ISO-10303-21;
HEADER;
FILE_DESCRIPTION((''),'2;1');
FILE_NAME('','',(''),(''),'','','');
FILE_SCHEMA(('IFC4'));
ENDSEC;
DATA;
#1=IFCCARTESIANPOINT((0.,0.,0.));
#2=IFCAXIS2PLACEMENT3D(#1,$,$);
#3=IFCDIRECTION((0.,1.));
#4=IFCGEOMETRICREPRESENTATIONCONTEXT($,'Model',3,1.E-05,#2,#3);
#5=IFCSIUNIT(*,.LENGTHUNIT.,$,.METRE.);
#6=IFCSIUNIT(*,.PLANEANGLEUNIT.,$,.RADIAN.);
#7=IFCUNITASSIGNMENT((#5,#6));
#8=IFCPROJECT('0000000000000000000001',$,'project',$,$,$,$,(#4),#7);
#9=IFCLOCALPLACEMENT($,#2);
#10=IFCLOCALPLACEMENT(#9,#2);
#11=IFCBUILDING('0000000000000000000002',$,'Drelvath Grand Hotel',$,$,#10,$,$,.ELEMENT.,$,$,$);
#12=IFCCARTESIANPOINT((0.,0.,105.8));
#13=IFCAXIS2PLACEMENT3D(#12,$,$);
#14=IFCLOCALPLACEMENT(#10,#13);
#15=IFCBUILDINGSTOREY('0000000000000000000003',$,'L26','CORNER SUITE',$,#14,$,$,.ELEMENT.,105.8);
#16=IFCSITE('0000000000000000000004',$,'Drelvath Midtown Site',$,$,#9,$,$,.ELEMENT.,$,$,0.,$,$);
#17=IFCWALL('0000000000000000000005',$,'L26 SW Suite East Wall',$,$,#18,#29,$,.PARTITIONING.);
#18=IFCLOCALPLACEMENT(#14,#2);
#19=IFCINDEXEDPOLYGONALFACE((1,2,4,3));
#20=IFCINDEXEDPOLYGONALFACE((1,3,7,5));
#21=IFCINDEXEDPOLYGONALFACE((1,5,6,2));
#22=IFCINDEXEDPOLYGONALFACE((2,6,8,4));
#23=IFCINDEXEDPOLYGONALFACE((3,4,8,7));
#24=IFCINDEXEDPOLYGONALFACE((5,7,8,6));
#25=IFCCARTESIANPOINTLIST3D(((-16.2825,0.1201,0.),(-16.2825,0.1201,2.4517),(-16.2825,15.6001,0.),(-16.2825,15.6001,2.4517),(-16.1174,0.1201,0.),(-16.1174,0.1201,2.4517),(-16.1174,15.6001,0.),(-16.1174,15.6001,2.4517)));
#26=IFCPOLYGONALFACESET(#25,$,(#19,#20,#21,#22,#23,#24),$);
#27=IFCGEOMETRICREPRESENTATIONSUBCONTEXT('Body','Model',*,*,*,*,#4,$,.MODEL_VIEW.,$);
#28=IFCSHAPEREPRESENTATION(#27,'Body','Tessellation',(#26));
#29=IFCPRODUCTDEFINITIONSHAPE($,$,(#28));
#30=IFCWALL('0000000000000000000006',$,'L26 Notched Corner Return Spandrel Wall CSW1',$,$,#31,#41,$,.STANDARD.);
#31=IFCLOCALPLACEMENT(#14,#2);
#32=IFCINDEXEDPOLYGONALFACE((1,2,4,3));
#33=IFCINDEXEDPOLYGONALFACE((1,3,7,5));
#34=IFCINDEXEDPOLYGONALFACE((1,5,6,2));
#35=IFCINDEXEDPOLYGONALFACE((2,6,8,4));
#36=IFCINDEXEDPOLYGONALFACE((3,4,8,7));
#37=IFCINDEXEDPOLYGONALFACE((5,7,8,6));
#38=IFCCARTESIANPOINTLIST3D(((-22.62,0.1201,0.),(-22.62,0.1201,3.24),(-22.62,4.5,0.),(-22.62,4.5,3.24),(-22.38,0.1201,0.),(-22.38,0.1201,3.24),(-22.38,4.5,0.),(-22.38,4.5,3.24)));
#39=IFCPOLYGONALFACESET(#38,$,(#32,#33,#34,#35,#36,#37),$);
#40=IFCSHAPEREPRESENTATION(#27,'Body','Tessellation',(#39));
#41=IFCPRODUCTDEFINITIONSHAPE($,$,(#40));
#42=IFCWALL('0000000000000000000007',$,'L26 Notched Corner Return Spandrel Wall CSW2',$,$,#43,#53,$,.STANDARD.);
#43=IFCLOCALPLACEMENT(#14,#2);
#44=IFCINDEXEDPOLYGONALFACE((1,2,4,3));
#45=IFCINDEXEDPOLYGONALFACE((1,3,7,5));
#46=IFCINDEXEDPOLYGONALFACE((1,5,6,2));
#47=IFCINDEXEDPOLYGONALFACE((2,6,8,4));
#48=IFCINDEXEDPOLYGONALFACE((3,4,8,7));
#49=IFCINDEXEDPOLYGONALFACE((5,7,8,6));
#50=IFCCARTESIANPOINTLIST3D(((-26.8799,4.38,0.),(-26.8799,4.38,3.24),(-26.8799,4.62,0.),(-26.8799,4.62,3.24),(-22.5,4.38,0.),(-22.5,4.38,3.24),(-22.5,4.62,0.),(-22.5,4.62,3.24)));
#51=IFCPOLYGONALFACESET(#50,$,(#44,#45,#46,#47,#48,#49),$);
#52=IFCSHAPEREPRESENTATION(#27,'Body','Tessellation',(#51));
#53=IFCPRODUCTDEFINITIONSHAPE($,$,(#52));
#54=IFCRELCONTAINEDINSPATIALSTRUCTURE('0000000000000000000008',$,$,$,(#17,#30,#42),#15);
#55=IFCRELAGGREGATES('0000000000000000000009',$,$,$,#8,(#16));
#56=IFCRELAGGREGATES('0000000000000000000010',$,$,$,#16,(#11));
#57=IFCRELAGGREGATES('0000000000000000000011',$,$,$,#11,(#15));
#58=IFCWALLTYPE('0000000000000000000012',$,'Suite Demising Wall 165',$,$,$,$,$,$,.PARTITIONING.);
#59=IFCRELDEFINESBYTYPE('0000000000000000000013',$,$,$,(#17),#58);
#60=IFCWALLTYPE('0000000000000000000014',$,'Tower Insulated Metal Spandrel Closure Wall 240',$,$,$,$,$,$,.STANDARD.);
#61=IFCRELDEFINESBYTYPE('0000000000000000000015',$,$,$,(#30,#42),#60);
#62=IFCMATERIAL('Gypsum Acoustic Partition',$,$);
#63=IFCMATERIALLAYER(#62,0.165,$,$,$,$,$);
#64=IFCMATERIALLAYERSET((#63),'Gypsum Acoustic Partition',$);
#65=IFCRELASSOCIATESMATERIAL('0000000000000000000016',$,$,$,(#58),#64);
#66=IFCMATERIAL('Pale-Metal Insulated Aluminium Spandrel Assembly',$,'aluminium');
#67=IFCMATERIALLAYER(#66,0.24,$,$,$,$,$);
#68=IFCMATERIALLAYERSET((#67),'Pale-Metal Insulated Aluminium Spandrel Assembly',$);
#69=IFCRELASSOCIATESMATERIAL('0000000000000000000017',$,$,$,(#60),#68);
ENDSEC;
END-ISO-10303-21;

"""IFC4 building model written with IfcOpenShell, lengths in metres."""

from ifc_helpers import new_model, si_unit, direction, frame, frame_2d, origin, place, context, subcontext, project, spatial, rectangle, extrude, material, layer, layer_set, type_object, element, save


model = new_model("IFC4")

# Units and contexts
model_context = context("Model", 3, precision=1e-05, world=origin(), true_north=direction((0.0, 1.0)))
body_context = subcontext(model_context, "Body", "Model", "MODEL_VIEW")
ifc_project = project(units=[si_unit("LENGTHUNIT", "METRE"), si_unit("PLANEANGLEUNIT", "RADIAN")], contexts=[model_context])

# Site, building, storey
site_placement = place(None, origin())
site = spatial("IfcSite", under=ifc_project, at=site_placement, Name="Drelvath Midtown Site", CompositionType="ELEMENT", RefElevation=0.0)
building_placement = place(site_placement, origin())
building = spatial("IfcBuilding", under=site, at=building_placement, Name="Drelvath Grand Hotel", CompositionType="ELEMENT")
storey_placement = place(building_placement, frame((0.0, 0.0, 105.8)))
storey = spatial("IfcBuildingStorey", under=building, at=storey_placement, Name="L26", Description="CORNER SUITE", CompositionType="ELEMENT", Elevation=105.8)

# Walls
ifc_material_1 = material(Name="Gypsum Acoustic Partition")
ifc_layer_1 = layer(ifc_material_1, 0.165)
ifc_layer_set_1 = layer_set([ifc_layer_1], Name="Gypsum Acoustic Partition")
wall_type_1 = type_object("IfcWallType", Name="Suite Demising Wall 165", PredefinedType="PARTITIONING", material=ifc_layer_set_1)
wall_placement = place(storey_placement, frame((-16.2, 0.1201, 0.0), z_axis=(0.0, 0.0, 1.0), x_axis=(0.0, 1.0, 0.0)))
element("IfcWall", 1, at=wall_placement, inside=storey, type_object=wall_type_1, Name="L26 SW Suite East Wall", PredefinedType="PARTITIONING", context=body_context, shape_type="SweptSolid", body=[
    extrude(rectangle(XDim=15.48, YDim=0.165, at=frame_2d((7.74, 0.0))), origin(), (0.0, 0.0, 1.0), 2.4517),
])
ifc_material_2 = material(Name="Pale-Metal Insulated Aluminium Spandrel Assembly", Category="aluminium")
ifc_layer_2 = layer(ifc_material_2, 0.24)
ifc_layer_set_2 = layer_set([ifc_layer_2], Name="Pale-Metal Insulated Aluminium Spandrel Assembly")
wall_type_2 = type_object("IfcWallType", Name="Tower Insulated Metal Spandrel Closure Wall 240", PredefinedType="STANDARD", material=ifc_layer_set_2)
for number, where, z_axis, x_axis, name in (
    (2, (-22.5, 0.1201, 0.0), (0.0, 0.0, 1.0), (0.0, 1.0, 0.0), "L26 Notched Corner Return Spandrel Wall CSW1"),
    (3, (-22.5, 4.5, 0.0), (0.0, 0.0, 1.0), (-1.0, 0.0, 0.0), "L26 Notched Corner Return Spandrel Wall CSW2"),
):
    element("IfcWall", number, at=place(storey_placement, frame(where, z_axis=z_axis, x_axis=x_axis)), inside=storey, type_object=wall_type_2, Name=name, PredefinedType="STANDARD", context=body_context, shape_type="SweptSolid", body=[
        extrude(rectangle(XDim=4.3799, YDim=0.24, at=frame_2d((2.1899, 0.0))), origin(), (0.0, 0.0, 1.0), 3.24),
    ])

save(model, "model.ifc")
